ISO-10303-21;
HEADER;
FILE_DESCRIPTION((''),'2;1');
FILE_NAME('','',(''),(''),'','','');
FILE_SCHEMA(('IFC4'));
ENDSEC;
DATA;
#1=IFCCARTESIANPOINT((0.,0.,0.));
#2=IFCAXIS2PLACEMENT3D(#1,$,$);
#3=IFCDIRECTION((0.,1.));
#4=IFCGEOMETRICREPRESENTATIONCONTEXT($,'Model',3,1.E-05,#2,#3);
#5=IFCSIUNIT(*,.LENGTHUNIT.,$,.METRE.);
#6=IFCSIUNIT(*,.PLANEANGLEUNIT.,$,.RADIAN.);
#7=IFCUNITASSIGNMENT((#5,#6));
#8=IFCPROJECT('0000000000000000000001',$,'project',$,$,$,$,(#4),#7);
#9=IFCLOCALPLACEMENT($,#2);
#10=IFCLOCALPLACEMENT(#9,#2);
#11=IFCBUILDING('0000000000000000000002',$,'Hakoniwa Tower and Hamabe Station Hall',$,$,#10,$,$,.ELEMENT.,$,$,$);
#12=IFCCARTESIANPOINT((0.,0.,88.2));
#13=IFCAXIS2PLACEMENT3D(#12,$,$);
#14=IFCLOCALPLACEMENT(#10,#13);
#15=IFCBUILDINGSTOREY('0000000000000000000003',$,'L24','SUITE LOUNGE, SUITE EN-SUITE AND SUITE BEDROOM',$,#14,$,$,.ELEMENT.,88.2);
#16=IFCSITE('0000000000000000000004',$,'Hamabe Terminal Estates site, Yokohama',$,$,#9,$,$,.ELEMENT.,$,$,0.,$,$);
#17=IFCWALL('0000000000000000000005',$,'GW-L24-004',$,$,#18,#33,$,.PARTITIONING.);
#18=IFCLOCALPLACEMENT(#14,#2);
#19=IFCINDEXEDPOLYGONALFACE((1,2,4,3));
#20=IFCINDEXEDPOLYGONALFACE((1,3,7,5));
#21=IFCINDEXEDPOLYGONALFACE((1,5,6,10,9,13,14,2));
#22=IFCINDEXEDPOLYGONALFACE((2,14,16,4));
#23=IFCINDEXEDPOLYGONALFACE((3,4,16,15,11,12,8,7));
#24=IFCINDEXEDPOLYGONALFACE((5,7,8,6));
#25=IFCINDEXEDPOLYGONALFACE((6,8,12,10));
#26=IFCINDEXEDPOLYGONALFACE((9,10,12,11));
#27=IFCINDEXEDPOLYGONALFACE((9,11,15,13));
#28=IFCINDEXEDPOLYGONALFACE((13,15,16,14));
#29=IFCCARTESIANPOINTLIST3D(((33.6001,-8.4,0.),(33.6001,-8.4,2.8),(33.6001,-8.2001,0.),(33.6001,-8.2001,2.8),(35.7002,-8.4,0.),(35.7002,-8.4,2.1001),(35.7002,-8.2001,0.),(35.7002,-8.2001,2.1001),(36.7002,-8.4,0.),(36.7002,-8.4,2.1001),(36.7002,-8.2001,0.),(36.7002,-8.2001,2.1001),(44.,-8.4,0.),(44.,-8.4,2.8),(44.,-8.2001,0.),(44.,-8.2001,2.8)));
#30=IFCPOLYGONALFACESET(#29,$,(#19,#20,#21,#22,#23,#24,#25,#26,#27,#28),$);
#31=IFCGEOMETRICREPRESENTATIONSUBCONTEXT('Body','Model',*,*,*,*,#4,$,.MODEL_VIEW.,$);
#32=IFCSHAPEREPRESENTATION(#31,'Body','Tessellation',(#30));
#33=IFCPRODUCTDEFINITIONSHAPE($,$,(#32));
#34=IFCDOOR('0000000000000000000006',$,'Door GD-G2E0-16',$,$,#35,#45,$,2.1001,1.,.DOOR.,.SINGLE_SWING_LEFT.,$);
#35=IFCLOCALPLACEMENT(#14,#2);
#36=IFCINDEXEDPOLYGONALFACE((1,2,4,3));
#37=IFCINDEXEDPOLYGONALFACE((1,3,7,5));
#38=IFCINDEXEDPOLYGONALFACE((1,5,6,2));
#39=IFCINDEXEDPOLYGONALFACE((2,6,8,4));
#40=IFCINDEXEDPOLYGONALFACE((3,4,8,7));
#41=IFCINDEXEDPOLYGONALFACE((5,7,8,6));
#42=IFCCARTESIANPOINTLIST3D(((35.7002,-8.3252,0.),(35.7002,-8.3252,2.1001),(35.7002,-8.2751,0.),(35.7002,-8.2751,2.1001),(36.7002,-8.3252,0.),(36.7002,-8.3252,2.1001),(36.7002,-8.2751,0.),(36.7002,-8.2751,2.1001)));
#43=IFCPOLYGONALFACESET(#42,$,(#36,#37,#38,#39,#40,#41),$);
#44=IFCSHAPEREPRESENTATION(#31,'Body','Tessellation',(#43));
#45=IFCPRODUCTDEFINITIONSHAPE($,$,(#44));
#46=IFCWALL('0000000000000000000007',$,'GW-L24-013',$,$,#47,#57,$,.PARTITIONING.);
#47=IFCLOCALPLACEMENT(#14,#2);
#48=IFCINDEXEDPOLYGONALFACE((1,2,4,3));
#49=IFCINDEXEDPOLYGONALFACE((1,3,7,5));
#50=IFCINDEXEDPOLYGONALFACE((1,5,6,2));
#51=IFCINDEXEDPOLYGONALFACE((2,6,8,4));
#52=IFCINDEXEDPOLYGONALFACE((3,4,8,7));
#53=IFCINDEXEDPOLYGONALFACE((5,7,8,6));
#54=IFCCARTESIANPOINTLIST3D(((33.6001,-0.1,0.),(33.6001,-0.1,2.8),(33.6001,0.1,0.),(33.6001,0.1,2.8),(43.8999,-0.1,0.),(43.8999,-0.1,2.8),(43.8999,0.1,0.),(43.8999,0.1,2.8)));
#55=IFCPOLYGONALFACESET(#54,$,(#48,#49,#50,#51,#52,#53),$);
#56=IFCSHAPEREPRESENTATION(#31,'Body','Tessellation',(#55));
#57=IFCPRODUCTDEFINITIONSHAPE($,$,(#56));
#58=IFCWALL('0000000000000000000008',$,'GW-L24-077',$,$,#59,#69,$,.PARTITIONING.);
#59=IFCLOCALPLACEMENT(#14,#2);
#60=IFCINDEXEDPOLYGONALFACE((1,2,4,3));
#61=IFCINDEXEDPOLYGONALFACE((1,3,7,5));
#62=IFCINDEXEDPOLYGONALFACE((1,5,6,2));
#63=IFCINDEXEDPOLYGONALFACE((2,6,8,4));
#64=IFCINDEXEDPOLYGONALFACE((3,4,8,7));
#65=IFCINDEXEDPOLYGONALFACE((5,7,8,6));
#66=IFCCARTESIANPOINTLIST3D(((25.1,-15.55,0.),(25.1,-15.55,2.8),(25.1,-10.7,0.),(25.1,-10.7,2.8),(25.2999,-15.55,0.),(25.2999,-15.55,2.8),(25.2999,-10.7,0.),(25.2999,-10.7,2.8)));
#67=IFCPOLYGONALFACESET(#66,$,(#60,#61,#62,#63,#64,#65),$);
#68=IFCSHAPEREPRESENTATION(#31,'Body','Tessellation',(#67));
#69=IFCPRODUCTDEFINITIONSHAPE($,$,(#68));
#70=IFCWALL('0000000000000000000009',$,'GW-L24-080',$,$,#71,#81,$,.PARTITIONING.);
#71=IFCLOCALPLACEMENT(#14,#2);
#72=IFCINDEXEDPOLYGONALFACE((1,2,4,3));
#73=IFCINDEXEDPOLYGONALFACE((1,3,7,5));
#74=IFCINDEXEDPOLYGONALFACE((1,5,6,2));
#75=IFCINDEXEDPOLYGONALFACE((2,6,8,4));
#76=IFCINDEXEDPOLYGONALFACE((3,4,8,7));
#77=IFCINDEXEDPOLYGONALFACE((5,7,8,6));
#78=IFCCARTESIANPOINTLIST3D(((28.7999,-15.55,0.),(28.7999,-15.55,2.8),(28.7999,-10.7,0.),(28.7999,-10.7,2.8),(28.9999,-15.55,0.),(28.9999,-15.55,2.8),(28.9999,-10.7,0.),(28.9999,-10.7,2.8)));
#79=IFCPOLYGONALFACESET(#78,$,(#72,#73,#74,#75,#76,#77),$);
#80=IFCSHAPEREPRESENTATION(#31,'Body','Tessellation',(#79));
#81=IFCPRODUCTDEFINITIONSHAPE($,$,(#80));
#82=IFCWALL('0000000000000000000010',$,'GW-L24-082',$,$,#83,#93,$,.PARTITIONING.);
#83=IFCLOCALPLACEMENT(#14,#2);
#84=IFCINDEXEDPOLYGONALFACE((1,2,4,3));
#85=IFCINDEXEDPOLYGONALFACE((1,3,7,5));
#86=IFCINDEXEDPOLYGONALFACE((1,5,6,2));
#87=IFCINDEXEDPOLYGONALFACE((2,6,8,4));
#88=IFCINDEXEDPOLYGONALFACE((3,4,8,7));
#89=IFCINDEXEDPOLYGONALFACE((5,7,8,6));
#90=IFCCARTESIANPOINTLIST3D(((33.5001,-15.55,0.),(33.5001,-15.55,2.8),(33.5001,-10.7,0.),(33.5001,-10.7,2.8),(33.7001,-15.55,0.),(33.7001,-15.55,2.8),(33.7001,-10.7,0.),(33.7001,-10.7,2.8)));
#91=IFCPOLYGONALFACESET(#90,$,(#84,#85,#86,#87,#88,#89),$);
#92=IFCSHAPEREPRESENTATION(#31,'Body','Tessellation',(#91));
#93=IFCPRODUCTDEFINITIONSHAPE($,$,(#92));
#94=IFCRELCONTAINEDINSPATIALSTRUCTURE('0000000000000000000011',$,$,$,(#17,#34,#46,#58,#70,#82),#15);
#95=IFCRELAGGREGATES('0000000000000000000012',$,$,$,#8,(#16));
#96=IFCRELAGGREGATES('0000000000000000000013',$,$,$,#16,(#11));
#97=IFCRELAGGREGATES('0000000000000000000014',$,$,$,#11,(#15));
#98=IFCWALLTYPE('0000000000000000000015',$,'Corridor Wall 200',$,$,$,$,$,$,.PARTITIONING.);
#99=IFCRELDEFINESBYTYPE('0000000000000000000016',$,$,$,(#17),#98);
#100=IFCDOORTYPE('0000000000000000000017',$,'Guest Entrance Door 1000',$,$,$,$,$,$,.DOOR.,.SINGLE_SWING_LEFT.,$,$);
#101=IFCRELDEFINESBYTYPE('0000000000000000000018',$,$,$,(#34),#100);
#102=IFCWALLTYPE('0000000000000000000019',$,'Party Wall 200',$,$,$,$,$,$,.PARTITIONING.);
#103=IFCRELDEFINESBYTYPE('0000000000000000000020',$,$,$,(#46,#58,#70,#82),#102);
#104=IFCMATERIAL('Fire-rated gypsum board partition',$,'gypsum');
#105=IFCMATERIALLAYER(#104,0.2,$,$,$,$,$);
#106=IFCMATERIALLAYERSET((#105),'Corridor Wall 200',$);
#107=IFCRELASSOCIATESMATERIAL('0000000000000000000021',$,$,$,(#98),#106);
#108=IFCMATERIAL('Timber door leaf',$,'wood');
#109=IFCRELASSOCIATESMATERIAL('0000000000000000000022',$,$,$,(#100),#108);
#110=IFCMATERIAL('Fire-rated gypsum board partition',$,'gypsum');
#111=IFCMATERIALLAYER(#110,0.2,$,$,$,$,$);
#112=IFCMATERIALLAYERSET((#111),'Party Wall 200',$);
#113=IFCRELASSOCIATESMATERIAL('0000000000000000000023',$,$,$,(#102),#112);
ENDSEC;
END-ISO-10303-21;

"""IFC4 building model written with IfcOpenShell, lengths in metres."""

from ifc_helpers import new_model, si_unit, direction, frame, frame_2d, origin, place, context, subcontext, project, spatial, rectangle, extrude, material, layer, layer_set, type_object, element, fill, save


model = new_model("IFC4")

# Units and contexts
model_context = context("Model", 3, precision=1e-05, world=origin(), true_north=direction((0.0, 1.0)))
body_context = subcontext(model_context, "Body", "Model", "MODEL_VIEW")
ifc_project = project(units=[si_unit("LENGTHUNIT", "METRE"), si_unit("PLANEANGLEUNIT", "RADIAN")], contexts=[model_context])

# Site, building, storey
site_placement = place(None, origin())
site = spatial("IfcSite", under=ifc_project, at=site_placement, Name="Hamabe Terminal Estates site, Yokohama", CompositionType="ELEMENT", RefElevation=0.0)
building_placement = place(site_placement, origin())
building = spatial("IfcBuilding", under=site, at=building_placement, Name="Hakoniwa Tower and Hamabe Station Hall", CompositionType="ELEMENT")
storey_placement = place(building_placement, frame((0.0, 0.0, 88.2)))
storey = spatial("IfcBuildingStorey", under=building, at=storey_placement, Name="L24", Description="SUITE LOUNGE, SUITE EN-SUITE AND SUITE BEDROOM", CompositionType="ELEMENT", Elevation=88.2)

# Wall, opening, door
ifc_material_1 = material(Name="Fire-rated gypsum board partition", Category="gypsum")
ifc_layer_1 = layer(ifc_material_1, 0.2)
ifc_layer_set_1 = layer_set([ifc_layer_1], Name="Corridor Wall 200")
wall_type_1 = type_object("IfcWallType", Name="Corridor Wall 200", PredefinedType="PARTITIONING", material=ifc_layer_set_1)
wall_1_placement = place(storey_placement, frame((33.6001, -8.3, 0.0), z_axis=(0.0, 0.0, 1.0), x_axis=(1.0, 0.0, 0.0)))
wall_1 = element("IfcWall", 1, at=wall_1_placement, inside=storey, type_object=wall_type_1, Name="GW-L24-004", PredefinedType="PARTITIONING", context=body_context, shape_type="SweptSolid", body=[
    extrude(rectangle(XDim=10.3999, YDim=0.2, at=frame_2d((5.2, 0.0))), origin(), (0.0, 0.0, 1.0), 2.8),
])
opening_1_placement = place(wall_1_placement, frame((2.1001, 0.0, 0.0)))
opening_1 = element("IfcOpeningElement", 2, at=opening_1_placement, cuts=wall_1, PredefinedType="OPENING", context=body_context, shape_type="SweptSolid", body=[
    extrude(rectangle(XDim=1.0, YDim=2.1001, at=frame_2d((0.5, 1.05))), frame((0.0, 0.1099, 0.0), z_axis=(0.0, -1.0, 0.0), x_axis=(1.0, 0.0, 0.0)), (0.0, 0.0, 1.0), 0.22),
])
ifc_material_2 = material(Name="Timber door leaf", Category="wood")
door_type_1 = type_object("IfcDoorType", Name="Guest Entrance Door 1000", OperationType="SINGLE_SWING_LEFT", PredefinedType="DOOR", material=ifc_material_2)
door_1_placement = place(opening_1_placement, origin())
door_1 = element("IfcDoor", 3, at=door_1_placement, inside=storey, type_object=door_type_1, Name="Door GD-G2E0-16", OperationType="SINGLE_SWING_LEFT", OverallHeight=2.1001, OverallWidth=1.0, PredefinedType="DOOR", context=body_context, shape_type="SweptSolid", body=[
    extrude(rectangle(XDim=1.0, YDim=2.1001, at=frame_2d((0.5, 1.05))), frame((0.0, 0.0249, 0.0), z_axis=(0.0, -1.0, 0.0), x_axis=(1.0, 0.0, 0.0)), (0.0, 0.0, 1.0), 0.05),
])
fill(opening_1, door_1)

# Walls
ifc_material_3 = material(Name="Fire-rated gypsum board partition", Category="gypsum")
ifc_layer_2 = layer(ifc_material_3, 0.2)
ifc_layer_set_2 = layer_set([ifc_layer_2], Name="Party Wall 200")
wall_type_2 = type_object("IfcWallType", Name="Party Wall 200", PredefinedType="PARTITIONING", material=ifc_layer_set_2)
wall_2_placement = place(storey_placement, frame((33.6001, 0.0, 0.0), z_axis=(0.0, 0.0, 1.0), x_axis=(1.0, 0.0, 0.0)))
element("IfcWall", 4, at=wall_2_placement, inside=storey, type_object=wall_type_2, Name="GW-L24-013", PredefinedType="PARTITIONING", context=body_context, shape_type="SweptSolid", body=[
    extrude(rectangle(XDim=10.2998, YDim=0.2, at=frame_2d((5.1499, 0.0))), origin(), (0.0, 0.0, 1.0), 2.8),
])
for number, where, z_axis, x_axis, name in (
    (5, (25.2, -15.55, 0.0), (0.0, 0.0, 1.0), (0.0, 1.0, 0.0), "GW-L24-077"),
    (6, (28.8999, -15.55, 0.0), (0.0, 0.0, 1.0), (0.0, 1.0, 0.0), "GW-L24-080"),
    (7, (33.6001, -15.55, 0.0), (0.0, 0.0, 1.0), (0.0, 1.0, 0.0), "GW-L24-082"),
):
    element("IfcWall", number, at=place(storey_placement, frame(where, z_axis=z_axis, x_axis=x_axis)), inside=storey, type_object=wall_type_2, Name=name, PredefinedType="PARTITIONING", context=body_context, shape_type="SweptSolid", body=[
        extrude(rectangle(XDim=4.8501, YDim=0.2, at=frame_2d((2.425, 0.0))), origin(), (0.0, 0.0, 1.0), 2.8),
    ])

save(model, "model.ifc")
